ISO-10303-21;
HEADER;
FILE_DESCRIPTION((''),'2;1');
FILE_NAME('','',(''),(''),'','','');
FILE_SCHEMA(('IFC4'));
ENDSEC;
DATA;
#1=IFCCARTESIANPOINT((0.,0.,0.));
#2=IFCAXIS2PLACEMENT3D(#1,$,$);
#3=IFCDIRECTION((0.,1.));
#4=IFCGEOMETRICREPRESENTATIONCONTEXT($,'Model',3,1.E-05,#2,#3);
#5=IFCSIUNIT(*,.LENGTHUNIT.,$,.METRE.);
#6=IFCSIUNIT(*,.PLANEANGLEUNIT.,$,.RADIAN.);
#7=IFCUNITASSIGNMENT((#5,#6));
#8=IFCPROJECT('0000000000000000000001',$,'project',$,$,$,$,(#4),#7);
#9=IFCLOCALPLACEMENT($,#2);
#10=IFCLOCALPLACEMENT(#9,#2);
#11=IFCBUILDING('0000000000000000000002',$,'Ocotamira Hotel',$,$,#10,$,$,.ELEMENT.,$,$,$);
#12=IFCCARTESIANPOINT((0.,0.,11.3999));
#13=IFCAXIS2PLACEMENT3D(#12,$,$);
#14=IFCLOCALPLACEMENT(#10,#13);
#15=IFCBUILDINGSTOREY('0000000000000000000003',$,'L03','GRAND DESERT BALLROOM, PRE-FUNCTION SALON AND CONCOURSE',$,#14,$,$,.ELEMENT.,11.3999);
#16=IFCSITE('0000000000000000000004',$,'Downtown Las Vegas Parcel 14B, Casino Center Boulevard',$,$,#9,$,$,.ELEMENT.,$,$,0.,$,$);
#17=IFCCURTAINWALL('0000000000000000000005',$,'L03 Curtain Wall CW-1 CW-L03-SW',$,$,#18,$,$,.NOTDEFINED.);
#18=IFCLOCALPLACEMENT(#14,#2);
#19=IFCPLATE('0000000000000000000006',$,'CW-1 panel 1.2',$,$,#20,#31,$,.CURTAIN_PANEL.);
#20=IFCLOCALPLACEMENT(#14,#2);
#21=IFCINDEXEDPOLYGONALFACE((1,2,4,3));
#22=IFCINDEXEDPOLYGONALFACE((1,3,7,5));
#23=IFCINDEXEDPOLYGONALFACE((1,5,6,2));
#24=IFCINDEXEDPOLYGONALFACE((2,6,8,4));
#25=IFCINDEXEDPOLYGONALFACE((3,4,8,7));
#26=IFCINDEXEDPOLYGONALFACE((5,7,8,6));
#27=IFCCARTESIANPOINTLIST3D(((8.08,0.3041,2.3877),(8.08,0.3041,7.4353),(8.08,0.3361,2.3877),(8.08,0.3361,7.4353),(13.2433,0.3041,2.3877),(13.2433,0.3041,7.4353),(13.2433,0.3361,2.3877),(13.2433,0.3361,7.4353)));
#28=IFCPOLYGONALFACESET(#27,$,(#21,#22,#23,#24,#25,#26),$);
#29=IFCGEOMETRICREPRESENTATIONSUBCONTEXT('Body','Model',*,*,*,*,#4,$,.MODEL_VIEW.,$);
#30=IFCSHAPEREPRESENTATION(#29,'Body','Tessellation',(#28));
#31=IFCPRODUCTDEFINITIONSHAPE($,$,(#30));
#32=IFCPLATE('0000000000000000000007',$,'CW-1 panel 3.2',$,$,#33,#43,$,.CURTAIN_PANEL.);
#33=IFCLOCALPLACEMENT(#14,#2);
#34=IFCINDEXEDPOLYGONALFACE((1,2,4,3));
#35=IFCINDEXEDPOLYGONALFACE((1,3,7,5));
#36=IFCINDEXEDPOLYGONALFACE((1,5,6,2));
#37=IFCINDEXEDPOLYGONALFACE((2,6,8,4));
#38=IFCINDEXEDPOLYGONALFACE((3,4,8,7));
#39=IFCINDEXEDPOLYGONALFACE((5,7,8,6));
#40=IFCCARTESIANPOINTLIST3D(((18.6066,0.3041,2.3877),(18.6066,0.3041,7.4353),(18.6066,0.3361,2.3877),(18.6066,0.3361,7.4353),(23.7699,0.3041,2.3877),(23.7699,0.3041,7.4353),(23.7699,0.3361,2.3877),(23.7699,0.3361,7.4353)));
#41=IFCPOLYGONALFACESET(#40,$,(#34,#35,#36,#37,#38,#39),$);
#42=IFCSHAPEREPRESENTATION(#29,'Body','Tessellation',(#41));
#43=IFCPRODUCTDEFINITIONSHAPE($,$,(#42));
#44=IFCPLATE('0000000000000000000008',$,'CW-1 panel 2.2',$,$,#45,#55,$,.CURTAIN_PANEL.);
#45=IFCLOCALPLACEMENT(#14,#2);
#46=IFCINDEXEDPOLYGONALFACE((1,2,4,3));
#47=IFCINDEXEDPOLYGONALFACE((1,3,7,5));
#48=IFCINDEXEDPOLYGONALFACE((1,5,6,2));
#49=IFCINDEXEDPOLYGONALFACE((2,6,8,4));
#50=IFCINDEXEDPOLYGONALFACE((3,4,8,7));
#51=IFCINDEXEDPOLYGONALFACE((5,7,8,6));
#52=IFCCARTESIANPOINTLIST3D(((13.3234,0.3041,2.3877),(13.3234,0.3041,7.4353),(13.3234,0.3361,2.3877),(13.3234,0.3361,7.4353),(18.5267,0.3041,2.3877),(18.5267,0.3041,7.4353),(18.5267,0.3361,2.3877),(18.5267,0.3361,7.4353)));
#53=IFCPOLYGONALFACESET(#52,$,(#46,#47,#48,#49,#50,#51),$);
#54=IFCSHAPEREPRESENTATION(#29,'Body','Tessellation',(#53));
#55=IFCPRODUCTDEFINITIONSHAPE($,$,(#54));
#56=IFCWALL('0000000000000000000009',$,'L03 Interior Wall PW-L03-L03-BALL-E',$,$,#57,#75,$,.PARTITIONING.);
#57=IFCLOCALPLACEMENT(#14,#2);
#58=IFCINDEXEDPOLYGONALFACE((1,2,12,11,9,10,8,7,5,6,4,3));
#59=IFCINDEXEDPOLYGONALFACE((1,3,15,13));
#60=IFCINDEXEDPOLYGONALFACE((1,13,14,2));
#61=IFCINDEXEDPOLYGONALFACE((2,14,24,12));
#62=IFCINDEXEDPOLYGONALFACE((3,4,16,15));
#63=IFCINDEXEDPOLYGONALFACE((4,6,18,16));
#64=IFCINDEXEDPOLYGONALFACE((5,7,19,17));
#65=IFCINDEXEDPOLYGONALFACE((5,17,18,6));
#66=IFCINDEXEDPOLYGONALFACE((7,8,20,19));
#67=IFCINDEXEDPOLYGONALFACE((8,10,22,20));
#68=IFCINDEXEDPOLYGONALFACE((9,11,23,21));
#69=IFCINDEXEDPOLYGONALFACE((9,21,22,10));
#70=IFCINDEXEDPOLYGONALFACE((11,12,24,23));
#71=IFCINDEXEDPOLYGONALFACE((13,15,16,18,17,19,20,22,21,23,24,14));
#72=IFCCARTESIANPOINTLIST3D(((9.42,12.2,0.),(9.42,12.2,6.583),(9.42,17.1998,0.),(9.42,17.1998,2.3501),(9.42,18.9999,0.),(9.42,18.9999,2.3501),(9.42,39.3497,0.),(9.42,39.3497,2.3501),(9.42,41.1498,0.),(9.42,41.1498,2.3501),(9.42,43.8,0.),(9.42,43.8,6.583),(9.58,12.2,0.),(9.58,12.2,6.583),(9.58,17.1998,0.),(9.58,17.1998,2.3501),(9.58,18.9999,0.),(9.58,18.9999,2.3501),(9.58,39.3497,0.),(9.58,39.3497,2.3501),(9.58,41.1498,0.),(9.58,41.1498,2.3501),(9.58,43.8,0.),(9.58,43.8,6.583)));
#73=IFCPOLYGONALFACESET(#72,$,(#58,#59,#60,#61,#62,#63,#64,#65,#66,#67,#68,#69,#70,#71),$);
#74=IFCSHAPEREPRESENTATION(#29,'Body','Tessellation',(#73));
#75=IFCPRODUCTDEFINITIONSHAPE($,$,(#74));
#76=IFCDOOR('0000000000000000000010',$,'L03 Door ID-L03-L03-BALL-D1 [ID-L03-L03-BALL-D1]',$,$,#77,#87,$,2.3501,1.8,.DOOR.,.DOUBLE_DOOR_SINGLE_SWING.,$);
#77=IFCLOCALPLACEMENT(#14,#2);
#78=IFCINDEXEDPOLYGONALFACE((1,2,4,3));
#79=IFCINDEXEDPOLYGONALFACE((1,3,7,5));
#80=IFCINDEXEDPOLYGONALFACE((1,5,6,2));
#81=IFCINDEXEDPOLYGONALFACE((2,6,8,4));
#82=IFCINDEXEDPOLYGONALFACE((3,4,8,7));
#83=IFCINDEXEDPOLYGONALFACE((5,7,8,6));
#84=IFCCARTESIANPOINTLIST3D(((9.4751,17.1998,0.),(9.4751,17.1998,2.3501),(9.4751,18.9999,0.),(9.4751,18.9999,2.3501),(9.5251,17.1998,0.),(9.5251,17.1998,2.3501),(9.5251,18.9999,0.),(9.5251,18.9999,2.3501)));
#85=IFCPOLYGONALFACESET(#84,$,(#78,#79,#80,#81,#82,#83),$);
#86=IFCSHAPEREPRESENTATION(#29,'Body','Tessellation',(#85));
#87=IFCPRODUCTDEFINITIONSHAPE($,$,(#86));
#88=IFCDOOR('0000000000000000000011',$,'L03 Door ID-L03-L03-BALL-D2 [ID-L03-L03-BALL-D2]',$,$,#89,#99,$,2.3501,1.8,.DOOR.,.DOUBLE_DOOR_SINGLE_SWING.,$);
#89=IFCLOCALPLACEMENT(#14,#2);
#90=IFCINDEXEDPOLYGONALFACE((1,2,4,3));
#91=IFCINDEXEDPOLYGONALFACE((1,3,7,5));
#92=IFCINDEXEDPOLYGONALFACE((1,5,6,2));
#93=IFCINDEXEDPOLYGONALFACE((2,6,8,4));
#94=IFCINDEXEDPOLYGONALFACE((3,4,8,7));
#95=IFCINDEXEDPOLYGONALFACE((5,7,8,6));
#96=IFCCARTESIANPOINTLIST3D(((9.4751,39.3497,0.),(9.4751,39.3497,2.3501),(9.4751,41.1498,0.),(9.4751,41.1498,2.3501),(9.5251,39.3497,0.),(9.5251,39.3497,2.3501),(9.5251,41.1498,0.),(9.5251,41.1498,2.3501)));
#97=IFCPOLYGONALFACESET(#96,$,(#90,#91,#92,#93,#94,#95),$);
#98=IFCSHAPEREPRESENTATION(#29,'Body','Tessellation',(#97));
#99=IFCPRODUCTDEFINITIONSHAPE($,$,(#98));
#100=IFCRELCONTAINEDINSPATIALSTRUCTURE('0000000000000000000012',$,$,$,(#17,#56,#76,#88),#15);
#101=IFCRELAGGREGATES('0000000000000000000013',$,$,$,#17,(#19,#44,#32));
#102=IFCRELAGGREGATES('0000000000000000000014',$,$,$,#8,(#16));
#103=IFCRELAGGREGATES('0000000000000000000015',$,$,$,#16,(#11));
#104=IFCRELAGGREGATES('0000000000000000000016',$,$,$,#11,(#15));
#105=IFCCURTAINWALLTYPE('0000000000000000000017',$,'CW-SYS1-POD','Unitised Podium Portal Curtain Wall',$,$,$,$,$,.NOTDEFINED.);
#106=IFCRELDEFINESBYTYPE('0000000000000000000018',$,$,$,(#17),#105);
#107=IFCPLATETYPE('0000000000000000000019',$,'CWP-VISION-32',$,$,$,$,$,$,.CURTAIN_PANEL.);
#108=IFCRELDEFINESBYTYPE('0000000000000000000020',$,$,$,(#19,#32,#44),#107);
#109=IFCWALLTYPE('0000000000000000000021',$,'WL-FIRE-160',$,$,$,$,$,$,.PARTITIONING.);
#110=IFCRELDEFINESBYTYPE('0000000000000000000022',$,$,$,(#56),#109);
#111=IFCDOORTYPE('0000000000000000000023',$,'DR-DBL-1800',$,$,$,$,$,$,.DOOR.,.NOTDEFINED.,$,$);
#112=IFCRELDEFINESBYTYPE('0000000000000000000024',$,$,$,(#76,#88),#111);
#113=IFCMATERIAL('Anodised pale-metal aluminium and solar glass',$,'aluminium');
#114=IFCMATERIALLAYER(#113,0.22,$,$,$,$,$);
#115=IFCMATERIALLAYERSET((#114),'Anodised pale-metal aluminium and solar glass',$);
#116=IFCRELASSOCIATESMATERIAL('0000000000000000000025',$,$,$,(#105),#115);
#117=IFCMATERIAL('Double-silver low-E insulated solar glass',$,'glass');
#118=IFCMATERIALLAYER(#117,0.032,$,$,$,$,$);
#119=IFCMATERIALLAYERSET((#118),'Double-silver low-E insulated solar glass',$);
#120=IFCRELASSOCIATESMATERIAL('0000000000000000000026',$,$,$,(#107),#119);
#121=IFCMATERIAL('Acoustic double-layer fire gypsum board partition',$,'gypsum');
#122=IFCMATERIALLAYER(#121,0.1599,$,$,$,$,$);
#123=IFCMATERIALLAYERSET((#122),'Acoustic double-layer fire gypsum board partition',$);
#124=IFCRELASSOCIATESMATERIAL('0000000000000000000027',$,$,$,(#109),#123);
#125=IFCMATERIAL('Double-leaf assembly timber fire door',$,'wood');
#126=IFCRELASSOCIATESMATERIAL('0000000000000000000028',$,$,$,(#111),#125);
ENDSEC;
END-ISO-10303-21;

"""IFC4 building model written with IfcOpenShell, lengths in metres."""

from ifc_helpers import new_model, si_unit, direction, frame, frame_2d, origin, origin_2d, place, context, subcontext, project, spatial, rectangle, extrude, source, transform, mapped, material, layer, layer_set, type_object, element, fill, aggregate, save


model = new_model("IFC4")

# Units and contexts
model_context = context("Model", 3, precision=1e-05, world=origin(), true_north=direction((0.0, 1.0)))
body_context = subcontext(model_context, "Body", "Model", "MODEL_VIEW")
ifc_project = project(units=[si_unit("LENGTHUNIT", "METRE"), si_unit("PLANEANGLEUNIT", "RADIAN")], contexts=[model_context])

# Site, building, storey
site_placement = place(None, origin())
site = spatial("IfcSite", under=ifc_project, at=site_placement, Name="Downtown Las Vegas Parcel 14B, Casino Center Boulevard", CompositionType="ELEMENT", RefElevation=0.0)
building_placement = place(site_placement, origin())
building = spatial("IfcBuilding", under=site, at=building_placement, Name="Ocotamira Hotel", CompositionType="ELEMENT")
storey_placement = place(building_placement, frame((0.0, 0.0, 11.3999)))
storey = spatial("IfcBuildingStorey", under=building, at=storey_placement, Name="L03", Description="GRAND DESERT BALLROOM, PRE-FUNCTION SALON AND CONCOURSE", CompositionType="ELEMENT", Elevation=11.3999)

# Curtain wall, plates
ifc_material_1 = material(Name="Anodised pale-metal aluminium and solar glass", Category="aluminium")
ifc_layer_1 = layer(ifc_material_1, 0.22)
ifc_layer_set_1 = layer_set([ifc_layer_1], Name="Anodised pale-metal aluminium and solar glass")
curtain_wall_type = type_object("IfcCurtainWallType", Name="CW-SYS1-POD", Description="Unitised Podium Portal Curtain Wall", PredefinedType="NOTDEFINED", material=ifc_layer_set_1)
curtain_wall_placement = place(storey_placement, origin())
curtain_wall = element("IfcCurtainWall", 1, at=curtain_wall_placement, inside=storey, type_object=curtain_wall_type, Name="L03 Curtain Wall CW-1 CW-L03-SW", PredefinedType="NOTDEFINED")
ifc_material_2 = material(Name="Double-silver low-E insulated solar glass", Category="glass")
ifc_layer_2 = layer(ifc_material_2, 0.032)
ifc_layer_set_2 = layer_set([ifc_layer_2], Name="Double-silver low-E insulated solar glass")
plate_type = type_object("IfcPlateType", Name="CWP-VISION-32", PredefinedType="CURTAIN_PANEL", material=ifc_layer_set_2)
shared_shape_1 = source(origin(), body_context, "Body", "SweptSolid", [
    extrude(rectangle(XDim=5.1633, YDim=0.032, at=origin_2d()), origin(), (0.0, 0.0, 1.0), 5.0476),
])
plate_1_placement = place(storey_placement, frame((10.6616, 0.3201, 2.3877), z_axis=(0.0, 0.0, 1.0), x_axis=(1.0, 0.0, 0.0)))
plate_1 = element("IfcPlate", 2, at=plate_1_placement, type_object=plate_type, Name="CW-1 panel 1.2", PredefinedType="CURTAIN_PANEL", context=body_context, shape_type="MappedRepresentation", body=[
    mapped(shared_shape_1, transform((0.0, 0.0, 0.0), scale=1.0)),
])
plate_2_placement = place(storey_placement, frame((21.1882, 0.3201, 2.3877), z_axis=(0.0, 0.0, 1.0), x_axis=(1.0, 0.0, 0.0)))
plate_2 = element("IfcPlate", 3, at=plate_2_placement, type_object=plate_type, Name="CW-1 panel 3.2", PredefinedType="CURTAIN_PANEL", context=body_context, shape_type="MappedRepresentation", body=[
    mapped(shared_shape_1, transform((0.0, 0.0, 0.0), scale=1.0)),
])
shared_shape_2 = source(origin(), body_context, "Body", "SweptSolid", [
    extrude(rectangle(XDim=5.2034, YDim=0.032, at=origin_2d()), origin(), (0.0, 0.0, 1.0), 5.0476),
])
plate_3_placement = place(storey_placement, frame((15.925, 0.3201, 2.3877), z_axis=(0.0, 0.0, 1.0), x_axis=(1.0, 0.0, 0.0)))
plate_3 = element("IfcPlate", 4, at=plate_3_placement, type_object=plate_type, Name="CW-1 panel 2.2", PredefinedType="CURTAIN_PANEL", context=body_context, shape_type="MappedRepresentation", body=[
    mapped(shared_shape_2, transform((0.0, 0.0, 0.0), scale=1.0)),
])
aggregate(curtain_wall, [plate_1, plate_3, plate_2])

# Wall, openings, doors
ifc_material_3 = material(Name="Acoustic double-layer fire gypsum board partition", Category="gypsum")
ifc_layer_3 = layer(ifc_material_3, 0.1599)
ifc_layer_set_3 = layer_set([ifc_layer_3], Name="Acoustic double-layer fire gypsum board partition")
wall_type = type_object("IfcWallType", Name="WL-FIRE-160", PredefinedType="PARTITIONING", material=ifc_layer_set_3)
wall_placement = place(storey_placement, frame((9.5, 12.2, 0.0), z_axis=(0.0, 0.0, 1.0), x_axis=(0.0, 1.0, 0.0)))
wall = element("IfcWall", 5, at=wall_placement, inside=storey, type_object=wall_type, Name="L03 Interior Wall PW-L03-L03-BALL-E", PredefinedType="PARTITIONING", context=body_context, shape_type="SweptSolid", body=[
    extrude(rectangle(XDim=31.6001, YDim=0.1599, at=frame_2d((15.8, 0.0))), origin(), (0.0, 0.0, 1.0), 6.583),
])
opening_1_placement = place(wall_placement, frame((5.0, 0.0, 0.0)))
opening_1 = element("IfcOpeningElement", 6, at=opening_1_placement, cuts=wall, PredefinedType="OPENING", context=body_context, shape_type="SweptSolid", body=[
    extrude(rectangle(XDim=1.8, YDim=2.3501, at=frame_2d((0.8999, 1.175))), frame((0.0, 0.0898, 0.0), z_axis=(0.0, -1.0, 0.0), x_axis=(1.0, 0.0, 0.0)), (0.0, 0.0, 1.0), 0.1799),
])
opening_2_placement = place(wall_placement, frame((27.1499, 0.0, 0.0)))
opening_2 = element("IfcOpeningElement", 7, at=opening_2_placement, cuts=wall, PredefinedType="OPENING", context=body_context, shape_type="SweptSolid", body=[
    extrude(rectangle(XDim=1.8, YDim=2.3501, at=frame_2d((0.8999, 1.175))), frame((0.0, 0.0898, 0.0), z_axis=(0.0, -1.0, 0.0), x_axis=(1.0, 0.0, 0.0)), (0.0, 0.0, 1.0), 0.1799),
])
ifc_material_4 = material(Name="Double-leaf assembly timber fire door", Category="wood")
door_type = type_object("IfcDoorType", Name="DR-DBL-1800", OperationType="NOTDEFINED", PredefinedType="DOOR", material=ifc_material_4)
shared_shape_3 = source(origin(), body_context, "Body", "SweptSolid", [
    extrude(rectangle(XDim=1.8, YDim=2.3501, at=frame_2d((0.8999, 1.175))), frame((0.0, 0.0249, 0.0), z_axis=(0.0, -1.0, 0.0), x_axis=(1.0, 0.0, 0.0)), (0.0, 0.0, 1.0), 0.05),
])
door_1_placement = place(opening_1_placement, origin())
door_1 = element("IfcDoor", 8, at=door_1_placement, inside=storey, type_object=door_type, Name="L03 Door ID-L03-L03-BALL-D1 [ID-L03-L03-BALL-D1]", OperationType="DOUBLE_DOOR_SINGLE_SWING", OverallHeight=2.3501, OverallWidth=1.8, PredefinedType="DOOR", context=body_context, shape_type="MappedRepresentation", body=[
    mapped(shared_shape_3, transform((0.0, 0.0, 0.0), scale=1.0)),
])
fill(opening_1, door_1)
door_2_placement = place(opening_2_placement, origin())
door_2 = element("IfcDoor", 9, at=door_2_placement, inside=storey, type_object=door_type, Name="L03 Door ID-L03-L03-BALL-D2 [ID-L03-L03-BALL-D2]", OperationType="DOUBLE_DOOR_SINGLE_SWING", OverallHeight=2.3501, OverallWidth=1.8, PredefinedType="DOOR", context=body_context, shape_type="MappedRepresentation", body=[
    mapped(shared_shape_3, transform((0.0, 0.0, 0.0), scale=1.0)),
])
fill(opening_2, door_2)

save(model, "model.ifc")
